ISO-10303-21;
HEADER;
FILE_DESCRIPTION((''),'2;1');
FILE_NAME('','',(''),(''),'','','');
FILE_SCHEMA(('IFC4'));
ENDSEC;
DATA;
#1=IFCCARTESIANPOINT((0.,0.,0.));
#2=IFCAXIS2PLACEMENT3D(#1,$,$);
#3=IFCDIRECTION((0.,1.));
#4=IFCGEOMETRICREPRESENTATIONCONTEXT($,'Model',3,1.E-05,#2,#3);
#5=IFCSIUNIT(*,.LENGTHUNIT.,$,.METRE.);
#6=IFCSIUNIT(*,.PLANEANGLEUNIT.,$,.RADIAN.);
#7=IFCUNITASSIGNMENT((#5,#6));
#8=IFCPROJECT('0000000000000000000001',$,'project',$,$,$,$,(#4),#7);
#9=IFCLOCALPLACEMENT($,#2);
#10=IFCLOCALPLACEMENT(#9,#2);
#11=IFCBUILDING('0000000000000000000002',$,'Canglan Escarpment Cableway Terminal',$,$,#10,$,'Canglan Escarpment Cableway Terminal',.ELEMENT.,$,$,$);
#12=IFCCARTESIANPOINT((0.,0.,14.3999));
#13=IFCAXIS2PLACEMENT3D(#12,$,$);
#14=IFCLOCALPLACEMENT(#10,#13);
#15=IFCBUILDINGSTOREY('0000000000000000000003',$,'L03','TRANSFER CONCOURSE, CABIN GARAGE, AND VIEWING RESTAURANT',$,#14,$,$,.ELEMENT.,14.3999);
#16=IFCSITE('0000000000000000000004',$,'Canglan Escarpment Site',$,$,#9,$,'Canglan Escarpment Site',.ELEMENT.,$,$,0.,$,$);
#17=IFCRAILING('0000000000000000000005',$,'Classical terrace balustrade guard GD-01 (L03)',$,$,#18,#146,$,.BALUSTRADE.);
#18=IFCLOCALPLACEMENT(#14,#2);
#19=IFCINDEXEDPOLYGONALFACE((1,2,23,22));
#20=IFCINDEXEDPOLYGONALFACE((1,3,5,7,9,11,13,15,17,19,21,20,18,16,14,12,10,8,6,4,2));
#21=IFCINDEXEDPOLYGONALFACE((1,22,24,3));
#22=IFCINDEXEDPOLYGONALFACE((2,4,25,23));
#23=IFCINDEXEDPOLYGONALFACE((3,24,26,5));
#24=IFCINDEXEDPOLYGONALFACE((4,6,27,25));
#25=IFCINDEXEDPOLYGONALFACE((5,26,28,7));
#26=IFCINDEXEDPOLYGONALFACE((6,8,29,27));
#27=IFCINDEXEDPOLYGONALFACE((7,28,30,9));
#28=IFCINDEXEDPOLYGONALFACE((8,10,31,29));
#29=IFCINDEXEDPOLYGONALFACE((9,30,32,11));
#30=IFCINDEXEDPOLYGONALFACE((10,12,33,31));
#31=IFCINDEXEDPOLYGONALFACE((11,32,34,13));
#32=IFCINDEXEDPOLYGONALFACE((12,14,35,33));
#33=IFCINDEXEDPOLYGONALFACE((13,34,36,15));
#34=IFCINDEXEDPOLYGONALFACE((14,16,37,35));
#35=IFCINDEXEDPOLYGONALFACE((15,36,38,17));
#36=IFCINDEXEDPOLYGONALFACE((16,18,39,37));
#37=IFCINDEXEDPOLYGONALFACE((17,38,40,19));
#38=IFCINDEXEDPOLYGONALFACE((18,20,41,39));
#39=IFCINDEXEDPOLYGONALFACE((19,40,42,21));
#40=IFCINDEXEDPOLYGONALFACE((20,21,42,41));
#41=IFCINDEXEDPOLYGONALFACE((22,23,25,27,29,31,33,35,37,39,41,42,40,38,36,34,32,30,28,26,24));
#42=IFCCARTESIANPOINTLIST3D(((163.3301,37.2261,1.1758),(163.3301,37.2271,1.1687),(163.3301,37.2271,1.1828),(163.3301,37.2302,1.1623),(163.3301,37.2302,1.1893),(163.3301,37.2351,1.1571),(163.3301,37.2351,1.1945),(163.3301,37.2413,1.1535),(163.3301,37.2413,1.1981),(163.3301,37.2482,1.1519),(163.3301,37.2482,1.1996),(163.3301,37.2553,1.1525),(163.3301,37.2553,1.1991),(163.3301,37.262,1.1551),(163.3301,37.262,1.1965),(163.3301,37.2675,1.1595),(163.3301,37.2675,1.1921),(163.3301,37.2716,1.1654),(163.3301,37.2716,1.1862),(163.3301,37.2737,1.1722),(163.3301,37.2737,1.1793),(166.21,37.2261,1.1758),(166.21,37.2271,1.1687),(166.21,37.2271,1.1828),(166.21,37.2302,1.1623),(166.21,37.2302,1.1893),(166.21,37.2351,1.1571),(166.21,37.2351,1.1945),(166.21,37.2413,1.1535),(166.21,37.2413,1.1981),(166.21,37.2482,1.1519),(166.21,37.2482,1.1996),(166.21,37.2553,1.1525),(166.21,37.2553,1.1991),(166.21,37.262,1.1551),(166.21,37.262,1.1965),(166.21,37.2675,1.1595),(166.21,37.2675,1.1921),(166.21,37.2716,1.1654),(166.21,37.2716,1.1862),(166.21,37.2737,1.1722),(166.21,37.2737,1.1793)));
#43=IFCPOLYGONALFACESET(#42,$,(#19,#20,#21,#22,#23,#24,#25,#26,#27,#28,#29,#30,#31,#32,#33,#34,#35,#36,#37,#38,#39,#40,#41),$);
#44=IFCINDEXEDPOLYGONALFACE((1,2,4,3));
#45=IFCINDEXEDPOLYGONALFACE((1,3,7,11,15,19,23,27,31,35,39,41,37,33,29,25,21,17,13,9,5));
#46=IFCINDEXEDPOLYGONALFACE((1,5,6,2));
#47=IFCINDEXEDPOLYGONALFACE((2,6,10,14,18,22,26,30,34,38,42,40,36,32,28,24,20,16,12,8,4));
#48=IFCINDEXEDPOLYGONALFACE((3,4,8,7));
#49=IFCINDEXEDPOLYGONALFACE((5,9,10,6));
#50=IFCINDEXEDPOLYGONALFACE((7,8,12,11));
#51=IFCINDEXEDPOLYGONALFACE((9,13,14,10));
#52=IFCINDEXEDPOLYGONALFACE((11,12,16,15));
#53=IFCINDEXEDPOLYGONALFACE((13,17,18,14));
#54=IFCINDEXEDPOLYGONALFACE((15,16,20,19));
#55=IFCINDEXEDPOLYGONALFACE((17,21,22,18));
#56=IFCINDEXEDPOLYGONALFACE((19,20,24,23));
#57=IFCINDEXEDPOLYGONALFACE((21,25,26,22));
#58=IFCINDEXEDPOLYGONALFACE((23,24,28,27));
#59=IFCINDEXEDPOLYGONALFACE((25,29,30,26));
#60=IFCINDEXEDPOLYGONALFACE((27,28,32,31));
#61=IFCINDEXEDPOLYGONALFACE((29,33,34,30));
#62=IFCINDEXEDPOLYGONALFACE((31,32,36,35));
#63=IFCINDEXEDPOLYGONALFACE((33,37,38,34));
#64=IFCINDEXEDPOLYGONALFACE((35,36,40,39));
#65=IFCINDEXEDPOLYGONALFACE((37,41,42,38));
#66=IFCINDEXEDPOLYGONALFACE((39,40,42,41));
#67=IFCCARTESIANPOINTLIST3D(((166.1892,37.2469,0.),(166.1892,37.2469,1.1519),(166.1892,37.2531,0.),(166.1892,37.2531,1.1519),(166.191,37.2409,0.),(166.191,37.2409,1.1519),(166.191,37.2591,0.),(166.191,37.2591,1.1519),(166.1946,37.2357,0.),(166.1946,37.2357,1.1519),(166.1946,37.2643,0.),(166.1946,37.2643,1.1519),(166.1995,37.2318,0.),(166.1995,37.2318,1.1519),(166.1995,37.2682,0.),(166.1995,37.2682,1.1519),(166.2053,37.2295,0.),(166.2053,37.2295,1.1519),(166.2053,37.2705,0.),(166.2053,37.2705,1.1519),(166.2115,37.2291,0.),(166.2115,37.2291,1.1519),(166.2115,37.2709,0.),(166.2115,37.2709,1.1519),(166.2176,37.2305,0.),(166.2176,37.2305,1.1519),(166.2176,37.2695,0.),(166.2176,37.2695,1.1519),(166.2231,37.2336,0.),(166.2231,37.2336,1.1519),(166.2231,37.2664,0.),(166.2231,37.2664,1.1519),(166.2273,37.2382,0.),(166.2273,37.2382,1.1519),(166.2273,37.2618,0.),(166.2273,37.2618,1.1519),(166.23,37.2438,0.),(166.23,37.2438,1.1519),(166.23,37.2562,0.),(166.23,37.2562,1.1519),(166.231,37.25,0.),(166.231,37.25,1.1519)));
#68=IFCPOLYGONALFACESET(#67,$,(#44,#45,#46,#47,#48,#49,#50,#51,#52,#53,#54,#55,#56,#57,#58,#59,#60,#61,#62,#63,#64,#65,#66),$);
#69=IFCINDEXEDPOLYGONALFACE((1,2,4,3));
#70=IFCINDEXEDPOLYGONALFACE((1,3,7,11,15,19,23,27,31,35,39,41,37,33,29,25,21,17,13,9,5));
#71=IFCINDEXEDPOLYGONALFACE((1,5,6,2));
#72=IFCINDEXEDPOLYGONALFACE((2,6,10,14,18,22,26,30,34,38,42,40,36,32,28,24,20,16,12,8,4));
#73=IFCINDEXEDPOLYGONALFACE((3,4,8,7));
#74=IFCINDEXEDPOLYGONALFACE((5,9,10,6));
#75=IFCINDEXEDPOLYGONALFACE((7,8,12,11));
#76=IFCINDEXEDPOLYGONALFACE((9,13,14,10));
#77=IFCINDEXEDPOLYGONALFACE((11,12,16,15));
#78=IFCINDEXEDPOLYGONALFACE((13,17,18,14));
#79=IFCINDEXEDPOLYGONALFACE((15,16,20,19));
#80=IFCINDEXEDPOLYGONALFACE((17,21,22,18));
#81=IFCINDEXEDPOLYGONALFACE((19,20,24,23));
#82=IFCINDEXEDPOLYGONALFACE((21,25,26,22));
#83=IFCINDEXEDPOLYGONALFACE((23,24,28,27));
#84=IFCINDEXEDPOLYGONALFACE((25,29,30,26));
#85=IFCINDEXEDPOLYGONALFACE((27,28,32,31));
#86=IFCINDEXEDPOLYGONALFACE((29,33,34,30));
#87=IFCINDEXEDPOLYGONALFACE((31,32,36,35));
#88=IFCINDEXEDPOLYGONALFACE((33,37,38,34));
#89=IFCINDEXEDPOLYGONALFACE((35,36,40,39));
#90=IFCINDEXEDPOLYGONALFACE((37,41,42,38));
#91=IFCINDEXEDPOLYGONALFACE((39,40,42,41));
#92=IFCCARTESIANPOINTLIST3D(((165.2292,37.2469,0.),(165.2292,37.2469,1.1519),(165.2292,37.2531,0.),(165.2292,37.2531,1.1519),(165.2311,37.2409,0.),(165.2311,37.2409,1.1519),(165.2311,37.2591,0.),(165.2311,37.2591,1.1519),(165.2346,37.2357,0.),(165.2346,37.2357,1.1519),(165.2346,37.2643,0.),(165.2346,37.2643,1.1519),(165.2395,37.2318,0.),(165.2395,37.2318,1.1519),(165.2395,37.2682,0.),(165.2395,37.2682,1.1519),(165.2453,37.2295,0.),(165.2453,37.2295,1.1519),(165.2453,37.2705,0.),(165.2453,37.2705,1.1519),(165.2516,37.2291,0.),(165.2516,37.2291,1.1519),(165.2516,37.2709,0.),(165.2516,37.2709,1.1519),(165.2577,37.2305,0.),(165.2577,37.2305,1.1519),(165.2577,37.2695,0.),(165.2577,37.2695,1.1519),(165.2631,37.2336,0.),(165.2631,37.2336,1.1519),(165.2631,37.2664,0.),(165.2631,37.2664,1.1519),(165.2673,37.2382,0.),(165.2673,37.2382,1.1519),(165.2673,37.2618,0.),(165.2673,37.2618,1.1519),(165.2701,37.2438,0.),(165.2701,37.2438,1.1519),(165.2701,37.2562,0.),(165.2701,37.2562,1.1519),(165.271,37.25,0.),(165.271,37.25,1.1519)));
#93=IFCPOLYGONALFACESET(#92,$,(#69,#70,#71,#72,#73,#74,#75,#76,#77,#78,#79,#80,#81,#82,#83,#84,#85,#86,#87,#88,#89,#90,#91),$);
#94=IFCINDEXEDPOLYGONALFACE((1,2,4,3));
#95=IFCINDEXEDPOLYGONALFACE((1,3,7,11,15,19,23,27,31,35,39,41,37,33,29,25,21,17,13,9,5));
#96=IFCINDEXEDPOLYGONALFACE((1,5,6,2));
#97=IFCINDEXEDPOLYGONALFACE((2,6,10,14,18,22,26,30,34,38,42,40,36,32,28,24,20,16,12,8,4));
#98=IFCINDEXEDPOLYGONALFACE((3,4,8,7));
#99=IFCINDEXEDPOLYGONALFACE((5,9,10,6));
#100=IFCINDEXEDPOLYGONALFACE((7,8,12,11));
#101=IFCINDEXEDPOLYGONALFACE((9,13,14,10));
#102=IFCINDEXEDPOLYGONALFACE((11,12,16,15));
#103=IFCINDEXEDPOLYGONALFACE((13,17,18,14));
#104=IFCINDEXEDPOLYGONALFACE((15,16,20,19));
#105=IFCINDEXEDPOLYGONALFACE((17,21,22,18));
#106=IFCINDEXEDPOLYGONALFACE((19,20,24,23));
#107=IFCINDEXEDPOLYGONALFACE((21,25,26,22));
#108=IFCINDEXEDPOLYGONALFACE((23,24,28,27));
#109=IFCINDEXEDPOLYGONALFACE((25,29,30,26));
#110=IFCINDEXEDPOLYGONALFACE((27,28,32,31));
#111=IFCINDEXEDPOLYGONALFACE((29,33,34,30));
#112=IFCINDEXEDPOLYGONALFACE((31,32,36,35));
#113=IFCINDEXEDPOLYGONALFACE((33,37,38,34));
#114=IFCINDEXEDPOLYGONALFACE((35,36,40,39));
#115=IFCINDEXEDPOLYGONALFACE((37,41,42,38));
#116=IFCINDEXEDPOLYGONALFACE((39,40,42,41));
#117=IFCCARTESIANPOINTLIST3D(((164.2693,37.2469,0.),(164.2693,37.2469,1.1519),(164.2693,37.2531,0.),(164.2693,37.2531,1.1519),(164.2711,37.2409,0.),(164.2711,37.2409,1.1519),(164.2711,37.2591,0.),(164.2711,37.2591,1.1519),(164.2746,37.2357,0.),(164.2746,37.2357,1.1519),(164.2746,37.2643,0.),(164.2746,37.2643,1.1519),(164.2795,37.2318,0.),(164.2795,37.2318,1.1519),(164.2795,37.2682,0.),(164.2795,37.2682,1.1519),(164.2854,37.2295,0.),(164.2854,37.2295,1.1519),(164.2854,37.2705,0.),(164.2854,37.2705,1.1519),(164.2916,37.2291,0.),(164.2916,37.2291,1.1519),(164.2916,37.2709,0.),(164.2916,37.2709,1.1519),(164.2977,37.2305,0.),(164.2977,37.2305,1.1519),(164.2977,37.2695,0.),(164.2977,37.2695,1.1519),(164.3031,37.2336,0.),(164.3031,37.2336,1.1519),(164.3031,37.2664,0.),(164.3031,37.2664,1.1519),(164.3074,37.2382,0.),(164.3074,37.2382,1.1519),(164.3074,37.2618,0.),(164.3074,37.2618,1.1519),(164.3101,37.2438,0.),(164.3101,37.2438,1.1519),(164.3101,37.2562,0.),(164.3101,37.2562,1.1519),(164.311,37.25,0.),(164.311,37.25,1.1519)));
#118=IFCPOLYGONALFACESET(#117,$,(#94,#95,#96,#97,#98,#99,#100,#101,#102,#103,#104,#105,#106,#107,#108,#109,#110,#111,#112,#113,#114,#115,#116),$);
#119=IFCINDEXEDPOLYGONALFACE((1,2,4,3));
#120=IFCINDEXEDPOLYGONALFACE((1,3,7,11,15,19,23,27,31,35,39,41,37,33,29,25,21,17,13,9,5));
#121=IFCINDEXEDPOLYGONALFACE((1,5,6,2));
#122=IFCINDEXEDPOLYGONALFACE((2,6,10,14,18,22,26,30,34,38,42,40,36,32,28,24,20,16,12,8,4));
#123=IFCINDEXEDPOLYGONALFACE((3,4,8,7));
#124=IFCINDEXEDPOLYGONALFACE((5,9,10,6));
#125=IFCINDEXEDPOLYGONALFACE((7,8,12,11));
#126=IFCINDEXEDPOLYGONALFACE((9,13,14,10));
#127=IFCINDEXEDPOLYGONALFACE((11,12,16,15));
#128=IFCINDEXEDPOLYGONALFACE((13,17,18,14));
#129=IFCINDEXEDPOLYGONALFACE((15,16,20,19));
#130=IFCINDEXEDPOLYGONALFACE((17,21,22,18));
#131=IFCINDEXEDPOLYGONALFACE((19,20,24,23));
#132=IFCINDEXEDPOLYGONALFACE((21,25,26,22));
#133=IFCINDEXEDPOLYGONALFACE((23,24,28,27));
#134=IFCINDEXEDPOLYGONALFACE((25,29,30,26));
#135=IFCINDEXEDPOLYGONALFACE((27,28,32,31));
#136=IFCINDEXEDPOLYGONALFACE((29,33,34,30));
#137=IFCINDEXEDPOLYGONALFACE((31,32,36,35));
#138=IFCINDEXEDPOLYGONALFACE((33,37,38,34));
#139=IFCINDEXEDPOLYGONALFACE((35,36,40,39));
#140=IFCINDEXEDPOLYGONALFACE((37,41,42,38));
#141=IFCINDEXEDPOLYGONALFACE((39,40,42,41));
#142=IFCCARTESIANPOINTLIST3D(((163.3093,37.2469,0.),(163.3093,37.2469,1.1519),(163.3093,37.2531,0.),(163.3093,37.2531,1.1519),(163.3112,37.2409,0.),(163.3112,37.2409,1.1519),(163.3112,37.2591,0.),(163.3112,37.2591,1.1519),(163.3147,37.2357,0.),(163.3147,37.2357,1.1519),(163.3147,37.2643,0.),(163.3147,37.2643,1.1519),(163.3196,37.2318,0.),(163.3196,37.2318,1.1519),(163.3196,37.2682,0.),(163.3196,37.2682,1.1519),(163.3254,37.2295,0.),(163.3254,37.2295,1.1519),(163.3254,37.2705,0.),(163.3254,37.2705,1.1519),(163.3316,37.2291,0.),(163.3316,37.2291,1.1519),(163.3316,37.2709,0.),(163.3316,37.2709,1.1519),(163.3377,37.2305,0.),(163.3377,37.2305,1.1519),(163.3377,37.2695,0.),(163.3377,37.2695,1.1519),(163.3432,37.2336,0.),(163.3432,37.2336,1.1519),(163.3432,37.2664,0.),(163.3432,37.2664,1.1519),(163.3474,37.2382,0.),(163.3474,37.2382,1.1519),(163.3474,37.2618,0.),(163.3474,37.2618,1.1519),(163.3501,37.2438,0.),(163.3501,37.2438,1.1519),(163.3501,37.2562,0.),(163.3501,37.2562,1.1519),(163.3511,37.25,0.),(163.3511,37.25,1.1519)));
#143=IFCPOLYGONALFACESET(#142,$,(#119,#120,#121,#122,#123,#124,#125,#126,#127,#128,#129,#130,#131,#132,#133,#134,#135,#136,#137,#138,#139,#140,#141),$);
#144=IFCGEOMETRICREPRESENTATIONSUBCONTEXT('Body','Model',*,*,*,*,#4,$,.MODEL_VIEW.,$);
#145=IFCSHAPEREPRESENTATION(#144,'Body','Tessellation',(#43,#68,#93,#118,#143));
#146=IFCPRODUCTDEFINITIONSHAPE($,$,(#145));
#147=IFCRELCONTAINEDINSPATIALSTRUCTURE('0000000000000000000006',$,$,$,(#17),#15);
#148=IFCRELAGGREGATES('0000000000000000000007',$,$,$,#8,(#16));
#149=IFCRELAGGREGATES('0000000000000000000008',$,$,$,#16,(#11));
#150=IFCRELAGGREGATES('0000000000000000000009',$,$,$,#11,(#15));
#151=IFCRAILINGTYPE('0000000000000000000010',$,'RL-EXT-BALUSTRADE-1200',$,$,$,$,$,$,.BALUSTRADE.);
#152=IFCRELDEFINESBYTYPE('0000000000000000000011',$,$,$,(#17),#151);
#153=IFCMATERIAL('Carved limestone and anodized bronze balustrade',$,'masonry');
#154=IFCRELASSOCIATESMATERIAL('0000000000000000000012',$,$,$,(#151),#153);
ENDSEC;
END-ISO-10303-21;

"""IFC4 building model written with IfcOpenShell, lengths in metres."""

from ifc_helpers import new_model, si_unit, direction, frame, origin, origin_2d, place, context, subcontext, project, spatial, circle, extrude, material, type_object, element, save


model = new_model("IFC4")

# Units and contexts
model_context = context("Model", 3, precision=1e-05, world=origin(), true_north=direction((0.0, 1.0)))
body_context = subcontext(model_context, "Body", "Model", "MODEL_VIEW")
ifc_project = project(units=[si_unit("LENGTHUNIT", "METRE"), si_unit("PLANEANGLEUNIT", "RADIAN")], contexts=[model_context])

# Site, building, storey
site_placement = place(None, origin())
site = spatial("IfcSite", under=ifc_project, at=site_placement, Name="Canglan Escarpment Site", LongName="Canglan Escarpment Site", CompositionType="ELEMENT", RefElevation=0.0)
building_placement = place(site_placement, origin())
building = spatial("IfcBuilding", under=site, at=building_placement, Name="Canglan Escarpment Cableway Terminal", LongName="Canglan Escarpment Cableway Terminal", CompositionType="ELEMENT")
storey_placement = place(building_placement, frame((0.0, 0.0, 14.3999)))
storey = spatial("IfcBuildingStorey", under=building, at=storey_placement, Name="L03", Description="TRANSFER CONCOURSE, CABIN GARAGE, AND VIEWING RESTAURANT", CompositionType="ELEMENT", Elevation=14.3999)

# Railing
ifc_material_1 = material(Name="Carved limestone and anodized bronze balustrade", Category="masonry")
railing_type_1 = type_object("IfcRailingType", Name="RL-EXT-BALUSTRADE-1200", PredefinedType="BALUSTRADE", material=ifc_material_1)
railing_1_placement = place(storey_placement, frame((166.21, 37.25, 0.0)))
element("IfcRailing", 1, at=railing_1_placement, inside=storey, type_object=railing_type_1, Name="Classical terrace balustrade guard GD-01 (L03)", PredefinedType="BALUSTRADE", context=body_context, shape_type="SweptSolid", body=[
    extrude(circle(Radius=0.0239, at=origin_2d()), frame((0.0, 0.0, 1.1758), z_axis=(-1.0, 0.0, 0.0), x_axis=(0.0, -1.0, 0.0)), (0.0, 0.0, 1.0), 2.8799),
    extrude(circle(Radius=0.021, at=origin_2d()), origin(), (0.0, 0.0, 1.0), 1.1519),
    extrude(circle(Radius=0.021, at=origin_2d()), frame((-0.96, 0.0, 0.0)), (0.0, 0.0, 1.0), 1.1519),
    extrude(circle(Radius=0.021, at=origin_2d()), frame((-1.9199, 0.0, 0.0)), (0.0, 0.0, 1.0), 1.1519),
    extrude(circle(Radius=0.021, at=origin_2d()), frame((-2.8799, 0.0, 0.0)), (0.0, 0.0, 1.0), 1.1519),
])

save(model, "model.ifc")
